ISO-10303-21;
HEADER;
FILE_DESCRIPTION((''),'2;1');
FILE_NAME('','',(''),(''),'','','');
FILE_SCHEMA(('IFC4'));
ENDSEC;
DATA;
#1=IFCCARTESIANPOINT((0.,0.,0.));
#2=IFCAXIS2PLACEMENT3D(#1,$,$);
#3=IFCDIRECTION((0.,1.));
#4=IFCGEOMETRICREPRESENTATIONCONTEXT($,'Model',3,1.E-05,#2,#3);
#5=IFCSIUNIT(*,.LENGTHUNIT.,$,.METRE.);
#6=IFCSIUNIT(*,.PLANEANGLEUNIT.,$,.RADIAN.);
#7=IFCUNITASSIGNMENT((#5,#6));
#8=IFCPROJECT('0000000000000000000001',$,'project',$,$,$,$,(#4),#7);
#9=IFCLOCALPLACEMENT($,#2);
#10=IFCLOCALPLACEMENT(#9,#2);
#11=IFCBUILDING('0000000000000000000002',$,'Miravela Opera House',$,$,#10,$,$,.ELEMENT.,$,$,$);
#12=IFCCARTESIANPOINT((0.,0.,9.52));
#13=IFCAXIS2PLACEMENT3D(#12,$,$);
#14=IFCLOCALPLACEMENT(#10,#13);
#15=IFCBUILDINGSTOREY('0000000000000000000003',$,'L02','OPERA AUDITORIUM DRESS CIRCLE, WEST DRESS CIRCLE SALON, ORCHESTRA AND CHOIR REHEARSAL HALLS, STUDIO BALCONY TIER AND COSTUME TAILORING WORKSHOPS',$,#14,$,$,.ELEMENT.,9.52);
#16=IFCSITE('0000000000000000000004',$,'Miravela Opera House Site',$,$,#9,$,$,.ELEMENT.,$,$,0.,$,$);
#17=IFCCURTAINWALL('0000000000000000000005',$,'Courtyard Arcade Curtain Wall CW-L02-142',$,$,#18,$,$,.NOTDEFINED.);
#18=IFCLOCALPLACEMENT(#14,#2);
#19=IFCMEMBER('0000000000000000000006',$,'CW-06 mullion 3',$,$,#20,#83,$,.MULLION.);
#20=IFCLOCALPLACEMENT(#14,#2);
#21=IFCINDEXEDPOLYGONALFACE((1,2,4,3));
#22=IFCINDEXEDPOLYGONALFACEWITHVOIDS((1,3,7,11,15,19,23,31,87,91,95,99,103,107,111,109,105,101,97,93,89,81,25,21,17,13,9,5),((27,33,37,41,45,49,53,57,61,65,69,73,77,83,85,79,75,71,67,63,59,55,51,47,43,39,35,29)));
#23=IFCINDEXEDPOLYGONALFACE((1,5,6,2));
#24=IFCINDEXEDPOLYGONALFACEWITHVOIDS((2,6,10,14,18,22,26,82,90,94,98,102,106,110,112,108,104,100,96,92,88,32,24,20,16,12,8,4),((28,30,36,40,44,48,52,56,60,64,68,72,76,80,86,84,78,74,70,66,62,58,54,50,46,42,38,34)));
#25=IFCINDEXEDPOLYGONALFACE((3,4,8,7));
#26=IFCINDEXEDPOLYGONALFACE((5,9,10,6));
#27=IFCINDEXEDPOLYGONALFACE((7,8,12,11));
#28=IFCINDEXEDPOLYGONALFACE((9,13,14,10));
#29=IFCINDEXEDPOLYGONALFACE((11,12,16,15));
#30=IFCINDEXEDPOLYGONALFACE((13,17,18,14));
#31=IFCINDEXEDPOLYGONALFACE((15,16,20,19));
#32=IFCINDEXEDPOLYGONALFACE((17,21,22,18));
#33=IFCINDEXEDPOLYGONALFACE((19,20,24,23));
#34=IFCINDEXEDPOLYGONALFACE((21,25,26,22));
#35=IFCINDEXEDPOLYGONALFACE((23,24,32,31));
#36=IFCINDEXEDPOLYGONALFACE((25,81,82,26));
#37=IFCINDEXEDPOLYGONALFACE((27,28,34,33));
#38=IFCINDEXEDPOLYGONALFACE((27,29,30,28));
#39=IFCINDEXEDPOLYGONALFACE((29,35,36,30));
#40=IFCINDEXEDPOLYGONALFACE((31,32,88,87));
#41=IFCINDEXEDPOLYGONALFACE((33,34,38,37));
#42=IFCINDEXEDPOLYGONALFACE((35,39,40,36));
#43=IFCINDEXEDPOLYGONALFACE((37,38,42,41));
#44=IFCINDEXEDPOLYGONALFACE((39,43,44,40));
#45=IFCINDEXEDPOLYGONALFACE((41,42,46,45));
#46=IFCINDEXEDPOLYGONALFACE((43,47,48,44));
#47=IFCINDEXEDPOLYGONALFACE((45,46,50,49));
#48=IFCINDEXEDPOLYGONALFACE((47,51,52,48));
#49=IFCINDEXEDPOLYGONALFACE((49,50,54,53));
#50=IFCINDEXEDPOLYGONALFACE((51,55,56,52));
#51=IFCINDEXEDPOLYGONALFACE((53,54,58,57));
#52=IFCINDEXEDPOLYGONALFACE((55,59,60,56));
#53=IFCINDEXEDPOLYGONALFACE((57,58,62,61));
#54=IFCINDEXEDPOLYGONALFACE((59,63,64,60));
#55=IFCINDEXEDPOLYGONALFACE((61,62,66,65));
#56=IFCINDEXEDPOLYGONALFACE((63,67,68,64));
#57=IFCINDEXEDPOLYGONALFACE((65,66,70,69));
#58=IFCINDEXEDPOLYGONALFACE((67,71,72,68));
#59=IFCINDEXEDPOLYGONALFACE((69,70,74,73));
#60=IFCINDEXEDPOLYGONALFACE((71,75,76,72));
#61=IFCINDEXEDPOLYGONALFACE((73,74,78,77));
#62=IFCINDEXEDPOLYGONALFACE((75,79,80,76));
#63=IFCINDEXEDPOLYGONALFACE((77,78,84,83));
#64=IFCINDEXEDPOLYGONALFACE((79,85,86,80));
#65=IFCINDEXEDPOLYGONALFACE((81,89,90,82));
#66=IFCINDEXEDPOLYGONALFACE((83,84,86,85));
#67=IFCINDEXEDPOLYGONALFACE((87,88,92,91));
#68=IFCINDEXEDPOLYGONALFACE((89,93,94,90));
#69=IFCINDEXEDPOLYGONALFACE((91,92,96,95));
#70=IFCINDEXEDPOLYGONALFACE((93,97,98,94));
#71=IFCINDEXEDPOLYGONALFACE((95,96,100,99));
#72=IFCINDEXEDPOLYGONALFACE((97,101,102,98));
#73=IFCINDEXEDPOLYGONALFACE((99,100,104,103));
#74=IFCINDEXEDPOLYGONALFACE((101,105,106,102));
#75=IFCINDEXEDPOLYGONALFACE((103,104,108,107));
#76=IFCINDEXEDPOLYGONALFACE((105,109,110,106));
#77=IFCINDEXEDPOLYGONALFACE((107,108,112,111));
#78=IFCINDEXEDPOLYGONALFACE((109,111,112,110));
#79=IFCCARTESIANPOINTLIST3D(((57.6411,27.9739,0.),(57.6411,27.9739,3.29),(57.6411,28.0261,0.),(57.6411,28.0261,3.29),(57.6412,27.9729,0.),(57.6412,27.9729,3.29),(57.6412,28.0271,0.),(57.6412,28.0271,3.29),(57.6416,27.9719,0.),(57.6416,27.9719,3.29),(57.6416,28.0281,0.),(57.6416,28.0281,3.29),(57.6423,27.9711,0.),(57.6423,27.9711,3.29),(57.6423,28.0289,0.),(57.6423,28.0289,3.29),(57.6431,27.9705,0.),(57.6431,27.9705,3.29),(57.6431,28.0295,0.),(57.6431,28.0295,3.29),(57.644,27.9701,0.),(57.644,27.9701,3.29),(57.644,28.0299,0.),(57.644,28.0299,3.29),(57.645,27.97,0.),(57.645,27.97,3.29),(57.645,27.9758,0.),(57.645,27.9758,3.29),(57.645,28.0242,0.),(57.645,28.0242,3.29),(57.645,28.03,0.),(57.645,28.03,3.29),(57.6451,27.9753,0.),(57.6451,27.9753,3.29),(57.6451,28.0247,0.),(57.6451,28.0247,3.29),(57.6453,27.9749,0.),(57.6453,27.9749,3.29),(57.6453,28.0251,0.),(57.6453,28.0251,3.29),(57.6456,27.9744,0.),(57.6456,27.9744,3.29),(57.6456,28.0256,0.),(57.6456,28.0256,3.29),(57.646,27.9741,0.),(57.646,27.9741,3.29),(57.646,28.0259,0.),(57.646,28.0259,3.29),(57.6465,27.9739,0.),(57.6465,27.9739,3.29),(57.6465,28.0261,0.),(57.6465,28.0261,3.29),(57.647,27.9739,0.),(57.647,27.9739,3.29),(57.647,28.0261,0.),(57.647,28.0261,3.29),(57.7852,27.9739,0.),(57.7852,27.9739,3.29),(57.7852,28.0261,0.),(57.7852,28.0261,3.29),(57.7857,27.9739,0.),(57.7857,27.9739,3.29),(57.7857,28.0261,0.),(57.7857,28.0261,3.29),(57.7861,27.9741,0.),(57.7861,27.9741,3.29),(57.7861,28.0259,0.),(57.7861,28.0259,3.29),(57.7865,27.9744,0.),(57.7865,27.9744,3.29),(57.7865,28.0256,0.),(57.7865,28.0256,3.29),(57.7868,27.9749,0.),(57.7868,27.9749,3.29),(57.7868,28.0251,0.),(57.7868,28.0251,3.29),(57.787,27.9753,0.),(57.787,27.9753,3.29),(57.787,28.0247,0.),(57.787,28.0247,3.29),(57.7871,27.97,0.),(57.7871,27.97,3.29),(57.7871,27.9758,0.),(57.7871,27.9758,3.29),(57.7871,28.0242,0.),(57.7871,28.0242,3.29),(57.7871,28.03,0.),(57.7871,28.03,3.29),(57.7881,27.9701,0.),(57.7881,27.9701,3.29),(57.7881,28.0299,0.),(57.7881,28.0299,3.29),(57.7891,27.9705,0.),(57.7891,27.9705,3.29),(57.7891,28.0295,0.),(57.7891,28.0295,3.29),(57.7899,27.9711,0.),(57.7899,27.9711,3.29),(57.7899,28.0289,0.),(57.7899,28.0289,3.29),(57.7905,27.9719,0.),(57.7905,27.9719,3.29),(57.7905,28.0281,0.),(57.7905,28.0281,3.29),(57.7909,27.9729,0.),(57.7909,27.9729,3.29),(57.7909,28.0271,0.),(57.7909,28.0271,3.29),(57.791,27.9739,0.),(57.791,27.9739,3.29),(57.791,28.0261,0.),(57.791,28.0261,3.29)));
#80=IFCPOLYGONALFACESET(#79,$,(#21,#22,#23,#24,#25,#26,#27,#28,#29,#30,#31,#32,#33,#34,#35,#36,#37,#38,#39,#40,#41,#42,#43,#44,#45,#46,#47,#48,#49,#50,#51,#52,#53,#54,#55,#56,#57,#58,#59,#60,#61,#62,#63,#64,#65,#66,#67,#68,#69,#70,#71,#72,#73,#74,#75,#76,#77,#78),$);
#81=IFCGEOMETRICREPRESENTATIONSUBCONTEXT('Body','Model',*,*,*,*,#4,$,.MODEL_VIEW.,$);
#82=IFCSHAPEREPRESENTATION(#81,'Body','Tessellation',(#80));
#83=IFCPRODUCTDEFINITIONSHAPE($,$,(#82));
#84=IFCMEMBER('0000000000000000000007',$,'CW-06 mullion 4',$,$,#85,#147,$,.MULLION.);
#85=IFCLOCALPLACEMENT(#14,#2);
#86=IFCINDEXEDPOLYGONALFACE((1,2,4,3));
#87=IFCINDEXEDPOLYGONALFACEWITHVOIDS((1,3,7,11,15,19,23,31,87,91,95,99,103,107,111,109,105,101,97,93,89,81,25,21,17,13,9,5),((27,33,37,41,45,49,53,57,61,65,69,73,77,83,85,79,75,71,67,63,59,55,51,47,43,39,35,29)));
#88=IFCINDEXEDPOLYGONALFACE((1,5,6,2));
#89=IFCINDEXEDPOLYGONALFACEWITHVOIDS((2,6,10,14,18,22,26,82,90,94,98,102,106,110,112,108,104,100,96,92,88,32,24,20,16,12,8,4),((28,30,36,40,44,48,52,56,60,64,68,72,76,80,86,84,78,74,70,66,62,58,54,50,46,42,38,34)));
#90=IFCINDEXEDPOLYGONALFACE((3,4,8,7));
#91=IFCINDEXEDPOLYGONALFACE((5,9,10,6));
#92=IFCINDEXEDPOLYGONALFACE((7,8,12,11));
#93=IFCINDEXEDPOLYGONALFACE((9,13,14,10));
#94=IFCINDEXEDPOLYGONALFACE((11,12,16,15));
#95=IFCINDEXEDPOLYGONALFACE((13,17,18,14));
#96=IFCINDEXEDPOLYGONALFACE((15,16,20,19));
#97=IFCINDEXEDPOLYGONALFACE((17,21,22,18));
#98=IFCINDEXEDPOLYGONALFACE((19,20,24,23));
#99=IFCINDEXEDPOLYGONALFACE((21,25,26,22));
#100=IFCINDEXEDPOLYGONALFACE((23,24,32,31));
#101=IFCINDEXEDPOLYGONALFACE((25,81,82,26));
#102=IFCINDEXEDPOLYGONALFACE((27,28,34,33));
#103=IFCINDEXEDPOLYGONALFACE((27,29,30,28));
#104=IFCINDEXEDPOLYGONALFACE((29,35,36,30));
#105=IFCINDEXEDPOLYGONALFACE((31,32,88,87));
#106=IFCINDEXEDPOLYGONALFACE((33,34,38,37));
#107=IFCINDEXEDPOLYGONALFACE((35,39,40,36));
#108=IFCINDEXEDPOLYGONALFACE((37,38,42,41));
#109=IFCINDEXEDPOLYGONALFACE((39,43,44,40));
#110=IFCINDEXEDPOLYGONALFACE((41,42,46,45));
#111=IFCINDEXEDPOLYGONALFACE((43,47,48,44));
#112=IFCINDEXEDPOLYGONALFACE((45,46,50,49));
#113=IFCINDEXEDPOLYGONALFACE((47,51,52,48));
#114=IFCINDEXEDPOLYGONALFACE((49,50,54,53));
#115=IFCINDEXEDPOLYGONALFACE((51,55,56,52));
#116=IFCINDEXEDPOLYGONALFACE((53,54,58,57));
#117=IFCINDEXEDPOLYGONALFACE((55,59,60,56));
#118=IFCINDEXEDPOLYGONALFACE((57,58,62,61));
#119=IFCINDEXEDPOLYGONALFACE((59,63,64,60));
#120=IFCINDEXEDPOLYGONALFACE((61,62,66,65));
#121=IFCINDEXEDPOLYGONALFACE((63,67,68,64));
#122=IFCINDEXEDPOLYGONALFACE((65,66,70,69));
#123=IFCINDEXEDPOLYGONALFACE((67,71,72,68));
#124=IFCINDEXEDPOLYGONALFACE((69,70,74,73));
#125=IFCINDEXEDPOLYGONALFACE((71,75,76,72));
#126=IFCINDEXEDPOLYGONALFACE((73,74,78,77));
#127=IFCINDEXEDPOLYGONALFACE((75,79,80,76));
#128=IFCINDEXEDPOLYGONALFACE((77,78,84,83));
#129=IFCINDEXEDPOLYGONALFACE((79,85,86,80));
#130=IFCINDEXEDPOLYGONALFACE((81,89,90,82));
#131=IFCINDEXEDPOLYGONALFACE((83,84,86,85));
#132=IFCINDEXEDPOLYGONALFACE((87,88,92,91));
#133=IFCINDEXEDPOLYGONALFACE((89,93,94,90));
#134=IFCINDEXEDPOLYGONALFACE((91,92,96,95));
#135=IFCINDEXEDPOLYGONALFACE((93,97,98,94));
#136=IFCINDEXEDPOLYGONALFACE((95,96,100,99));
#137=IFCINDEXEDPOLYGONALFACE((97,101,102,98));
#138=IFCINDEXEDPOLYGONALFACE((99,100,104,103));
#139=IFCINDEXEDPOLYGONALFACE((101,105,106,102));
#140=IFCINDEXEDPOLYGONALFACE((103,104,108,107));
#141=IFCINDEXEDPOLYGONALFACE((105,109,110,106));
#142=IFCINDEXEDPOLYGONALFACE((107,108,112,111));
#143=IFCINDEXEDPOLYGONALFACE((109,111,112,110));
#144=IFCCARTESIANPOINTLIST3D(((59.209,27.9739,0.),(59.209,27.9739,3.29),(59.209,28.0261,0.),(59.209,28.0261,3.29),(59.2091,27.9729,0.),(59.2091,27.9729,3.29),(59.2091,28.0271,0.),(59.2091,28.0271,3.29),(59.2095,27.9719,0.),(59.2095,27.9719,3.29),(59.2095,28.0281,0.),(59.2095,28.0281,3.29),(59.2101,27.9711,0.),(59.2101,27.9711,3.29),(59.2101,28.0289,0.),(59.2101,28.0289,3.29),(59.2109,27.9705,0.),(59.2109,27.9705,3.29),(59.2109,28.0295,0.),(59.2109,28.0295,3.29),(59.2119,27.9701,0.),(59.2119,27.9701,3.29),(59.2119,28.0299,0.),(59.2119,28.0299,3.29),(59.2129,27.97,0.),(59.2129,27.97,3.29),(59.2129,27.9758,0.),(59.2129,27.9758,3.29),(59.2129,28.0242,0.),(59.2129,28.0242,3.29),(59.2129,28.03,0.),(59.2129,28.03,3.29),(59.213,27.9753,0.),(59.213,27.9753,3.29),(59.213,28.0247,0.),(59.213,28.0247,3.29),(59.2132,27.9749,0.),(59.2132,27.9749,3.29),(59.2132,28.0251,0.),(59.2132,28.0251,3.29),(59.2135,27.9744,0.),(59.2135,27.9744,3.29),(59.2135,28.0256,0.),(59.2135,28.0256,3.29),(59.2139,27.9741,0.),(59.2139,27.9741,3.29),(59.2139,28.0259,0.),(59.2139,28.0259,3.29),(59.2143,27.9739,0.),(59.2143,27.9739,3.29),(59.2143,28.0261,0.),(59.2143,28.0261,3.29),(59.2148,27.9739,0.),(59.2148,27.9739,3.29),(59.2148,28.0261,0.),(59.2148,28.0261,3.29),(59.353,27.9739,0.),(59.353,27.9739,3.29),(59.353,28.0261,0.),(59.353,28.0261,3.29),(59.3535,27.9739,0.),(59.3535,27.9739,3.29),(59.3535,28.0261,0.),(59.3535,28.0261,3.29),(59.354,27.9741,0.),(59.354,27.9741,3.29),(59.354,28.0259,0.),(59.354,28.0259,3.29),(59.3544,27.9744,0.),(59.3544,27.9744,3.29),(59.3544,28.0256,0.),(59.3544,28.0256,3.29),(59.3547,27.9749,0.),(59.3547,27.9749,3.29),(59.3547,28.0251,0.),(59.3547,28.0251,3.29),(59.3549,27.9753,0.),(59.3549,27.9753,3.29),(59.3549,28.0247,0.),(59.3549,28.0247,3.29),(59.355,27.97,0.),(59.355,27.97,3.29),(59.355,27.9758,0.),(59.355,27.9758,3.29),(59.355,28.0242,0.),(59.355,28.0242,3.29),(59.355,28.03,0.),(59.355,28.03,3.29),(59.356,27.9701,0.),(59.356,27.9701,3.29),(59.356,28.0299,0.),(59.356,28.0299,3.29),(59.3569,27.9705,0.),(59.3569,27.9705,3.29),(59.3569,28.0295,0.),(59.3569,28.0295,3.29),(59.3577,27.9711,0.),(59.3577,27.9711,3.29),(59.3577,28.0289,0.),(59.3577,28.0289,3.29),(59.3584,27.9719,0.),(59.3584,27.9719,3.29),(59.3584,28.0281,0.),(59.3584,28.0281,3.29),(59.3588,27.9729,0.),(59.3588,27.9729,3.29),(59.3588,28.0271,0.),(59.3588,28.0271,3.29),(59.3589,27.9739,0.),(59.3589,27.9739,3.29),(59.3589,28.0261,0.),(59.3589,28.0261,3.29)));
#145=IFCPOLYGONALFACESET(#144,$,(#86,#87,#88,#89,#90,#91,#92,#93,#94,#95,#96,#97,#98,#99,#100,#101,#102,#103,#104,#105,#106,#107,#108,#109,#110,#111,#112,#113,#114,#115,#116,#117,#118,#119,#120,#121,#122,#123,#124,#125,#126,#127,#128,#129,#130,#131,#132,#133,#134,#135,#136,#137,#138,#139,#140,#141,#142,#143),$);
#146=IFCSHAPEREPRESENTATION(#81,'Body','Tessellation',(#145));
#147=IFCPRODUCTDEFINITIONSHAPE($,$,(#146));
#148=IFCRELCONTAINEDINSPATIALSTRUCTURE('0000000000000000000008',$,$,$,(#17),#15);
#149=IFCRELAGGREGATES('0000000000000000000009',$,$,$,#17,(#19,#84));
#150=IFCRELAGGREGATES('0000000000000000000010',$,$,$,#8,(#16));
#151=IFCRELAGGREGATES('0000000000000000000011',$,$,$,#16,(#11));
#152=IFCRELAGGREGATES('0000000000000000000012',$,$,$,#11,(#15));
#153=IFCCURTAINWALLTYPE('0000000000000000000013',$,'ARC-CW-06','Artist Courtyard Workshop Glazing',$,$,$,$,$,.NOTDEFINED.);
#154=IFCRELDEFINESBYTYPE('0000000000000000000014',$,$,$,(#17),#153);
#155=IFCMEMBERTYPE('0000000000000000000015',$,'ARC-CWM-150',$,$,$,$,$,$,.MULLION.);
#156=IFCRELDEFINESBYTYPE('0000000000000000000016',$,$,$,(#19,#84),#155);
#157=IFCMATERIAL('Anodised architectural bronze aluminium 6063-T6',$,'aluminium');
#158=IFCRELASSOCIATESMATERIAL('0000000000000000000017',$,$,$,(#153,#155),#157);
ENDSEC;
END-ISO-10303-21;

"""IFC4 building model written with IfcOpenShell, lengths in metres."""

from ifc_helpers import new_model, si_unit, direction, frame, origin, origin_2d, place, context, subcontext, project, spatial, hollow_rectangle, extrude, material, material_profile, profile_set, type_object, element, aggregate, save


model = new_model("IFC4")

# Units and contexts
model_context = context("Model", 3, precision=1e-05, world=origin(), true_north=direction((0.0, 1.0)))
body_context = subcontext(model_context, "Body", "Model", "MODEL_VIEW")
ifc_project = project(units=[si_unit("LENGTHUNIT", "METRE"), si_unit("PLANEANGLEUNIT", "RADIAN")], contexts=[model_context])

# Site, building, storey
site_placement = place(None, origin())
site = spatial("IfcSite", under=ifc_project, at=site_placement, Name="Miravela Opera House Site", CompositionType="ELEMENT", RefElevation=0.0)
building_placement = place(site_placement, origin())
building = spatial("IfcBuilding", under=site, at=building_placement, Name="Miravela Opera House", CompositionType="ELEMENT")
storey_placement = place(building_placement, frame((0.0, 0.0, 9.52)))
storey = spatial("IfcBuildingStorey", under=building, at=storey_placement, Name="L02", Description="OPERA AUDITORIUM DRESS CIRCLE, WEST DRESS CIRCLE SALON, ORCHESTRA AND CHOIR REHEARSAL HALLS, STUDIO BALCONY TIER AND COSTUME TAILORING WORKSHOPS", CompositionType="ELEMENT", Elevation=9.52)

# Curtain wall, members
ifc_material_1 = material(Name="Anodised architectural bronze aluminium 6063-T6", Category="aluminium")
curtain_wall_type = type_object("IfcCurtainWallType", Name="ARC-CW-06", Description="Artist Courtyard Workshop Glazing", PredefinedType="NOTDEFINED", material=ifc_material_1)
curtain_wall_placement = place(storey_placement, origin())
curtain_wall = element("IfcCurtainWall", 1, at=curtain_wall_placement, inside=storey, type_object=curtain_wall_type, Name="Courtyard Arcade Curtain Wall CW-L02-142", PredefinedType="NOTDEFINED")
ifc_material_profile_1 = material_profile(ifc_material_1, hollow_rectangle(XDim=0.0601, YDim=0.1499, WallThickness=0.0039, InnerFilletRadius=0.002, OuterFilletRadius=0.0039, at=origin_2d()), Name="CWM-60X150")
ifc_profile_set_1 = profile_set([ifc_material_profile_1])
member_type_1 = type_object("IfcMemberType", Name="ARC-CWM-150", PredefinedType="MULLION", material=ifc_profile_set_1)
member_1_placement = place(storey_placement, frame((57.7161, 28.0, 0.0), z_axis=(0.0, 0.0, 1.0), x_axis=(0.0, 1.0, 0.0)))
member_1 = element("IfcMember", 2, at=member_1_placement, type_object=member_type_1, Name="CW-06 mullion 3", PredefinedType="MULLION", context=body_context, shape_type="SweptSolid", body=[
    extrude(hollow_rectangle(XDim=0.0601, YDim=0.1499, WallThickness=0.0039, InnerFilletRadius=0.002, OuterFilletRadius=0.0039, at=origin_2d()), origin(), (0.0, 0.0, 1.0), 3.29),
])
member_2_placement = place(storey_placement, frame((59.2839, 28.0, 0.0), z_axis=(0.0, 0.0, 1.0), x_axis=(0.0, 1.0, 0.0)))
member_2 = element("IfcMember", 3, at=member_2_placement, type_object=member_type_1, Name="CW-06 mullion 4", PredefinedType="MULLION", context=body_context, shape_type="SweptSolid", body=[
    extrude(hollow_rectangle(XDim=0.0601, YDim=0.1499, WallThickness=0.0039, InnerFilletRadius=0.002, OuterFilletRadius=0.0039, at=origin_2d()), origin(), (0.0, 0.0, 1.0), 3.29),
])
aggregate(curtain_wall, [member_1, member_2])

save(model, "model.ifc")
